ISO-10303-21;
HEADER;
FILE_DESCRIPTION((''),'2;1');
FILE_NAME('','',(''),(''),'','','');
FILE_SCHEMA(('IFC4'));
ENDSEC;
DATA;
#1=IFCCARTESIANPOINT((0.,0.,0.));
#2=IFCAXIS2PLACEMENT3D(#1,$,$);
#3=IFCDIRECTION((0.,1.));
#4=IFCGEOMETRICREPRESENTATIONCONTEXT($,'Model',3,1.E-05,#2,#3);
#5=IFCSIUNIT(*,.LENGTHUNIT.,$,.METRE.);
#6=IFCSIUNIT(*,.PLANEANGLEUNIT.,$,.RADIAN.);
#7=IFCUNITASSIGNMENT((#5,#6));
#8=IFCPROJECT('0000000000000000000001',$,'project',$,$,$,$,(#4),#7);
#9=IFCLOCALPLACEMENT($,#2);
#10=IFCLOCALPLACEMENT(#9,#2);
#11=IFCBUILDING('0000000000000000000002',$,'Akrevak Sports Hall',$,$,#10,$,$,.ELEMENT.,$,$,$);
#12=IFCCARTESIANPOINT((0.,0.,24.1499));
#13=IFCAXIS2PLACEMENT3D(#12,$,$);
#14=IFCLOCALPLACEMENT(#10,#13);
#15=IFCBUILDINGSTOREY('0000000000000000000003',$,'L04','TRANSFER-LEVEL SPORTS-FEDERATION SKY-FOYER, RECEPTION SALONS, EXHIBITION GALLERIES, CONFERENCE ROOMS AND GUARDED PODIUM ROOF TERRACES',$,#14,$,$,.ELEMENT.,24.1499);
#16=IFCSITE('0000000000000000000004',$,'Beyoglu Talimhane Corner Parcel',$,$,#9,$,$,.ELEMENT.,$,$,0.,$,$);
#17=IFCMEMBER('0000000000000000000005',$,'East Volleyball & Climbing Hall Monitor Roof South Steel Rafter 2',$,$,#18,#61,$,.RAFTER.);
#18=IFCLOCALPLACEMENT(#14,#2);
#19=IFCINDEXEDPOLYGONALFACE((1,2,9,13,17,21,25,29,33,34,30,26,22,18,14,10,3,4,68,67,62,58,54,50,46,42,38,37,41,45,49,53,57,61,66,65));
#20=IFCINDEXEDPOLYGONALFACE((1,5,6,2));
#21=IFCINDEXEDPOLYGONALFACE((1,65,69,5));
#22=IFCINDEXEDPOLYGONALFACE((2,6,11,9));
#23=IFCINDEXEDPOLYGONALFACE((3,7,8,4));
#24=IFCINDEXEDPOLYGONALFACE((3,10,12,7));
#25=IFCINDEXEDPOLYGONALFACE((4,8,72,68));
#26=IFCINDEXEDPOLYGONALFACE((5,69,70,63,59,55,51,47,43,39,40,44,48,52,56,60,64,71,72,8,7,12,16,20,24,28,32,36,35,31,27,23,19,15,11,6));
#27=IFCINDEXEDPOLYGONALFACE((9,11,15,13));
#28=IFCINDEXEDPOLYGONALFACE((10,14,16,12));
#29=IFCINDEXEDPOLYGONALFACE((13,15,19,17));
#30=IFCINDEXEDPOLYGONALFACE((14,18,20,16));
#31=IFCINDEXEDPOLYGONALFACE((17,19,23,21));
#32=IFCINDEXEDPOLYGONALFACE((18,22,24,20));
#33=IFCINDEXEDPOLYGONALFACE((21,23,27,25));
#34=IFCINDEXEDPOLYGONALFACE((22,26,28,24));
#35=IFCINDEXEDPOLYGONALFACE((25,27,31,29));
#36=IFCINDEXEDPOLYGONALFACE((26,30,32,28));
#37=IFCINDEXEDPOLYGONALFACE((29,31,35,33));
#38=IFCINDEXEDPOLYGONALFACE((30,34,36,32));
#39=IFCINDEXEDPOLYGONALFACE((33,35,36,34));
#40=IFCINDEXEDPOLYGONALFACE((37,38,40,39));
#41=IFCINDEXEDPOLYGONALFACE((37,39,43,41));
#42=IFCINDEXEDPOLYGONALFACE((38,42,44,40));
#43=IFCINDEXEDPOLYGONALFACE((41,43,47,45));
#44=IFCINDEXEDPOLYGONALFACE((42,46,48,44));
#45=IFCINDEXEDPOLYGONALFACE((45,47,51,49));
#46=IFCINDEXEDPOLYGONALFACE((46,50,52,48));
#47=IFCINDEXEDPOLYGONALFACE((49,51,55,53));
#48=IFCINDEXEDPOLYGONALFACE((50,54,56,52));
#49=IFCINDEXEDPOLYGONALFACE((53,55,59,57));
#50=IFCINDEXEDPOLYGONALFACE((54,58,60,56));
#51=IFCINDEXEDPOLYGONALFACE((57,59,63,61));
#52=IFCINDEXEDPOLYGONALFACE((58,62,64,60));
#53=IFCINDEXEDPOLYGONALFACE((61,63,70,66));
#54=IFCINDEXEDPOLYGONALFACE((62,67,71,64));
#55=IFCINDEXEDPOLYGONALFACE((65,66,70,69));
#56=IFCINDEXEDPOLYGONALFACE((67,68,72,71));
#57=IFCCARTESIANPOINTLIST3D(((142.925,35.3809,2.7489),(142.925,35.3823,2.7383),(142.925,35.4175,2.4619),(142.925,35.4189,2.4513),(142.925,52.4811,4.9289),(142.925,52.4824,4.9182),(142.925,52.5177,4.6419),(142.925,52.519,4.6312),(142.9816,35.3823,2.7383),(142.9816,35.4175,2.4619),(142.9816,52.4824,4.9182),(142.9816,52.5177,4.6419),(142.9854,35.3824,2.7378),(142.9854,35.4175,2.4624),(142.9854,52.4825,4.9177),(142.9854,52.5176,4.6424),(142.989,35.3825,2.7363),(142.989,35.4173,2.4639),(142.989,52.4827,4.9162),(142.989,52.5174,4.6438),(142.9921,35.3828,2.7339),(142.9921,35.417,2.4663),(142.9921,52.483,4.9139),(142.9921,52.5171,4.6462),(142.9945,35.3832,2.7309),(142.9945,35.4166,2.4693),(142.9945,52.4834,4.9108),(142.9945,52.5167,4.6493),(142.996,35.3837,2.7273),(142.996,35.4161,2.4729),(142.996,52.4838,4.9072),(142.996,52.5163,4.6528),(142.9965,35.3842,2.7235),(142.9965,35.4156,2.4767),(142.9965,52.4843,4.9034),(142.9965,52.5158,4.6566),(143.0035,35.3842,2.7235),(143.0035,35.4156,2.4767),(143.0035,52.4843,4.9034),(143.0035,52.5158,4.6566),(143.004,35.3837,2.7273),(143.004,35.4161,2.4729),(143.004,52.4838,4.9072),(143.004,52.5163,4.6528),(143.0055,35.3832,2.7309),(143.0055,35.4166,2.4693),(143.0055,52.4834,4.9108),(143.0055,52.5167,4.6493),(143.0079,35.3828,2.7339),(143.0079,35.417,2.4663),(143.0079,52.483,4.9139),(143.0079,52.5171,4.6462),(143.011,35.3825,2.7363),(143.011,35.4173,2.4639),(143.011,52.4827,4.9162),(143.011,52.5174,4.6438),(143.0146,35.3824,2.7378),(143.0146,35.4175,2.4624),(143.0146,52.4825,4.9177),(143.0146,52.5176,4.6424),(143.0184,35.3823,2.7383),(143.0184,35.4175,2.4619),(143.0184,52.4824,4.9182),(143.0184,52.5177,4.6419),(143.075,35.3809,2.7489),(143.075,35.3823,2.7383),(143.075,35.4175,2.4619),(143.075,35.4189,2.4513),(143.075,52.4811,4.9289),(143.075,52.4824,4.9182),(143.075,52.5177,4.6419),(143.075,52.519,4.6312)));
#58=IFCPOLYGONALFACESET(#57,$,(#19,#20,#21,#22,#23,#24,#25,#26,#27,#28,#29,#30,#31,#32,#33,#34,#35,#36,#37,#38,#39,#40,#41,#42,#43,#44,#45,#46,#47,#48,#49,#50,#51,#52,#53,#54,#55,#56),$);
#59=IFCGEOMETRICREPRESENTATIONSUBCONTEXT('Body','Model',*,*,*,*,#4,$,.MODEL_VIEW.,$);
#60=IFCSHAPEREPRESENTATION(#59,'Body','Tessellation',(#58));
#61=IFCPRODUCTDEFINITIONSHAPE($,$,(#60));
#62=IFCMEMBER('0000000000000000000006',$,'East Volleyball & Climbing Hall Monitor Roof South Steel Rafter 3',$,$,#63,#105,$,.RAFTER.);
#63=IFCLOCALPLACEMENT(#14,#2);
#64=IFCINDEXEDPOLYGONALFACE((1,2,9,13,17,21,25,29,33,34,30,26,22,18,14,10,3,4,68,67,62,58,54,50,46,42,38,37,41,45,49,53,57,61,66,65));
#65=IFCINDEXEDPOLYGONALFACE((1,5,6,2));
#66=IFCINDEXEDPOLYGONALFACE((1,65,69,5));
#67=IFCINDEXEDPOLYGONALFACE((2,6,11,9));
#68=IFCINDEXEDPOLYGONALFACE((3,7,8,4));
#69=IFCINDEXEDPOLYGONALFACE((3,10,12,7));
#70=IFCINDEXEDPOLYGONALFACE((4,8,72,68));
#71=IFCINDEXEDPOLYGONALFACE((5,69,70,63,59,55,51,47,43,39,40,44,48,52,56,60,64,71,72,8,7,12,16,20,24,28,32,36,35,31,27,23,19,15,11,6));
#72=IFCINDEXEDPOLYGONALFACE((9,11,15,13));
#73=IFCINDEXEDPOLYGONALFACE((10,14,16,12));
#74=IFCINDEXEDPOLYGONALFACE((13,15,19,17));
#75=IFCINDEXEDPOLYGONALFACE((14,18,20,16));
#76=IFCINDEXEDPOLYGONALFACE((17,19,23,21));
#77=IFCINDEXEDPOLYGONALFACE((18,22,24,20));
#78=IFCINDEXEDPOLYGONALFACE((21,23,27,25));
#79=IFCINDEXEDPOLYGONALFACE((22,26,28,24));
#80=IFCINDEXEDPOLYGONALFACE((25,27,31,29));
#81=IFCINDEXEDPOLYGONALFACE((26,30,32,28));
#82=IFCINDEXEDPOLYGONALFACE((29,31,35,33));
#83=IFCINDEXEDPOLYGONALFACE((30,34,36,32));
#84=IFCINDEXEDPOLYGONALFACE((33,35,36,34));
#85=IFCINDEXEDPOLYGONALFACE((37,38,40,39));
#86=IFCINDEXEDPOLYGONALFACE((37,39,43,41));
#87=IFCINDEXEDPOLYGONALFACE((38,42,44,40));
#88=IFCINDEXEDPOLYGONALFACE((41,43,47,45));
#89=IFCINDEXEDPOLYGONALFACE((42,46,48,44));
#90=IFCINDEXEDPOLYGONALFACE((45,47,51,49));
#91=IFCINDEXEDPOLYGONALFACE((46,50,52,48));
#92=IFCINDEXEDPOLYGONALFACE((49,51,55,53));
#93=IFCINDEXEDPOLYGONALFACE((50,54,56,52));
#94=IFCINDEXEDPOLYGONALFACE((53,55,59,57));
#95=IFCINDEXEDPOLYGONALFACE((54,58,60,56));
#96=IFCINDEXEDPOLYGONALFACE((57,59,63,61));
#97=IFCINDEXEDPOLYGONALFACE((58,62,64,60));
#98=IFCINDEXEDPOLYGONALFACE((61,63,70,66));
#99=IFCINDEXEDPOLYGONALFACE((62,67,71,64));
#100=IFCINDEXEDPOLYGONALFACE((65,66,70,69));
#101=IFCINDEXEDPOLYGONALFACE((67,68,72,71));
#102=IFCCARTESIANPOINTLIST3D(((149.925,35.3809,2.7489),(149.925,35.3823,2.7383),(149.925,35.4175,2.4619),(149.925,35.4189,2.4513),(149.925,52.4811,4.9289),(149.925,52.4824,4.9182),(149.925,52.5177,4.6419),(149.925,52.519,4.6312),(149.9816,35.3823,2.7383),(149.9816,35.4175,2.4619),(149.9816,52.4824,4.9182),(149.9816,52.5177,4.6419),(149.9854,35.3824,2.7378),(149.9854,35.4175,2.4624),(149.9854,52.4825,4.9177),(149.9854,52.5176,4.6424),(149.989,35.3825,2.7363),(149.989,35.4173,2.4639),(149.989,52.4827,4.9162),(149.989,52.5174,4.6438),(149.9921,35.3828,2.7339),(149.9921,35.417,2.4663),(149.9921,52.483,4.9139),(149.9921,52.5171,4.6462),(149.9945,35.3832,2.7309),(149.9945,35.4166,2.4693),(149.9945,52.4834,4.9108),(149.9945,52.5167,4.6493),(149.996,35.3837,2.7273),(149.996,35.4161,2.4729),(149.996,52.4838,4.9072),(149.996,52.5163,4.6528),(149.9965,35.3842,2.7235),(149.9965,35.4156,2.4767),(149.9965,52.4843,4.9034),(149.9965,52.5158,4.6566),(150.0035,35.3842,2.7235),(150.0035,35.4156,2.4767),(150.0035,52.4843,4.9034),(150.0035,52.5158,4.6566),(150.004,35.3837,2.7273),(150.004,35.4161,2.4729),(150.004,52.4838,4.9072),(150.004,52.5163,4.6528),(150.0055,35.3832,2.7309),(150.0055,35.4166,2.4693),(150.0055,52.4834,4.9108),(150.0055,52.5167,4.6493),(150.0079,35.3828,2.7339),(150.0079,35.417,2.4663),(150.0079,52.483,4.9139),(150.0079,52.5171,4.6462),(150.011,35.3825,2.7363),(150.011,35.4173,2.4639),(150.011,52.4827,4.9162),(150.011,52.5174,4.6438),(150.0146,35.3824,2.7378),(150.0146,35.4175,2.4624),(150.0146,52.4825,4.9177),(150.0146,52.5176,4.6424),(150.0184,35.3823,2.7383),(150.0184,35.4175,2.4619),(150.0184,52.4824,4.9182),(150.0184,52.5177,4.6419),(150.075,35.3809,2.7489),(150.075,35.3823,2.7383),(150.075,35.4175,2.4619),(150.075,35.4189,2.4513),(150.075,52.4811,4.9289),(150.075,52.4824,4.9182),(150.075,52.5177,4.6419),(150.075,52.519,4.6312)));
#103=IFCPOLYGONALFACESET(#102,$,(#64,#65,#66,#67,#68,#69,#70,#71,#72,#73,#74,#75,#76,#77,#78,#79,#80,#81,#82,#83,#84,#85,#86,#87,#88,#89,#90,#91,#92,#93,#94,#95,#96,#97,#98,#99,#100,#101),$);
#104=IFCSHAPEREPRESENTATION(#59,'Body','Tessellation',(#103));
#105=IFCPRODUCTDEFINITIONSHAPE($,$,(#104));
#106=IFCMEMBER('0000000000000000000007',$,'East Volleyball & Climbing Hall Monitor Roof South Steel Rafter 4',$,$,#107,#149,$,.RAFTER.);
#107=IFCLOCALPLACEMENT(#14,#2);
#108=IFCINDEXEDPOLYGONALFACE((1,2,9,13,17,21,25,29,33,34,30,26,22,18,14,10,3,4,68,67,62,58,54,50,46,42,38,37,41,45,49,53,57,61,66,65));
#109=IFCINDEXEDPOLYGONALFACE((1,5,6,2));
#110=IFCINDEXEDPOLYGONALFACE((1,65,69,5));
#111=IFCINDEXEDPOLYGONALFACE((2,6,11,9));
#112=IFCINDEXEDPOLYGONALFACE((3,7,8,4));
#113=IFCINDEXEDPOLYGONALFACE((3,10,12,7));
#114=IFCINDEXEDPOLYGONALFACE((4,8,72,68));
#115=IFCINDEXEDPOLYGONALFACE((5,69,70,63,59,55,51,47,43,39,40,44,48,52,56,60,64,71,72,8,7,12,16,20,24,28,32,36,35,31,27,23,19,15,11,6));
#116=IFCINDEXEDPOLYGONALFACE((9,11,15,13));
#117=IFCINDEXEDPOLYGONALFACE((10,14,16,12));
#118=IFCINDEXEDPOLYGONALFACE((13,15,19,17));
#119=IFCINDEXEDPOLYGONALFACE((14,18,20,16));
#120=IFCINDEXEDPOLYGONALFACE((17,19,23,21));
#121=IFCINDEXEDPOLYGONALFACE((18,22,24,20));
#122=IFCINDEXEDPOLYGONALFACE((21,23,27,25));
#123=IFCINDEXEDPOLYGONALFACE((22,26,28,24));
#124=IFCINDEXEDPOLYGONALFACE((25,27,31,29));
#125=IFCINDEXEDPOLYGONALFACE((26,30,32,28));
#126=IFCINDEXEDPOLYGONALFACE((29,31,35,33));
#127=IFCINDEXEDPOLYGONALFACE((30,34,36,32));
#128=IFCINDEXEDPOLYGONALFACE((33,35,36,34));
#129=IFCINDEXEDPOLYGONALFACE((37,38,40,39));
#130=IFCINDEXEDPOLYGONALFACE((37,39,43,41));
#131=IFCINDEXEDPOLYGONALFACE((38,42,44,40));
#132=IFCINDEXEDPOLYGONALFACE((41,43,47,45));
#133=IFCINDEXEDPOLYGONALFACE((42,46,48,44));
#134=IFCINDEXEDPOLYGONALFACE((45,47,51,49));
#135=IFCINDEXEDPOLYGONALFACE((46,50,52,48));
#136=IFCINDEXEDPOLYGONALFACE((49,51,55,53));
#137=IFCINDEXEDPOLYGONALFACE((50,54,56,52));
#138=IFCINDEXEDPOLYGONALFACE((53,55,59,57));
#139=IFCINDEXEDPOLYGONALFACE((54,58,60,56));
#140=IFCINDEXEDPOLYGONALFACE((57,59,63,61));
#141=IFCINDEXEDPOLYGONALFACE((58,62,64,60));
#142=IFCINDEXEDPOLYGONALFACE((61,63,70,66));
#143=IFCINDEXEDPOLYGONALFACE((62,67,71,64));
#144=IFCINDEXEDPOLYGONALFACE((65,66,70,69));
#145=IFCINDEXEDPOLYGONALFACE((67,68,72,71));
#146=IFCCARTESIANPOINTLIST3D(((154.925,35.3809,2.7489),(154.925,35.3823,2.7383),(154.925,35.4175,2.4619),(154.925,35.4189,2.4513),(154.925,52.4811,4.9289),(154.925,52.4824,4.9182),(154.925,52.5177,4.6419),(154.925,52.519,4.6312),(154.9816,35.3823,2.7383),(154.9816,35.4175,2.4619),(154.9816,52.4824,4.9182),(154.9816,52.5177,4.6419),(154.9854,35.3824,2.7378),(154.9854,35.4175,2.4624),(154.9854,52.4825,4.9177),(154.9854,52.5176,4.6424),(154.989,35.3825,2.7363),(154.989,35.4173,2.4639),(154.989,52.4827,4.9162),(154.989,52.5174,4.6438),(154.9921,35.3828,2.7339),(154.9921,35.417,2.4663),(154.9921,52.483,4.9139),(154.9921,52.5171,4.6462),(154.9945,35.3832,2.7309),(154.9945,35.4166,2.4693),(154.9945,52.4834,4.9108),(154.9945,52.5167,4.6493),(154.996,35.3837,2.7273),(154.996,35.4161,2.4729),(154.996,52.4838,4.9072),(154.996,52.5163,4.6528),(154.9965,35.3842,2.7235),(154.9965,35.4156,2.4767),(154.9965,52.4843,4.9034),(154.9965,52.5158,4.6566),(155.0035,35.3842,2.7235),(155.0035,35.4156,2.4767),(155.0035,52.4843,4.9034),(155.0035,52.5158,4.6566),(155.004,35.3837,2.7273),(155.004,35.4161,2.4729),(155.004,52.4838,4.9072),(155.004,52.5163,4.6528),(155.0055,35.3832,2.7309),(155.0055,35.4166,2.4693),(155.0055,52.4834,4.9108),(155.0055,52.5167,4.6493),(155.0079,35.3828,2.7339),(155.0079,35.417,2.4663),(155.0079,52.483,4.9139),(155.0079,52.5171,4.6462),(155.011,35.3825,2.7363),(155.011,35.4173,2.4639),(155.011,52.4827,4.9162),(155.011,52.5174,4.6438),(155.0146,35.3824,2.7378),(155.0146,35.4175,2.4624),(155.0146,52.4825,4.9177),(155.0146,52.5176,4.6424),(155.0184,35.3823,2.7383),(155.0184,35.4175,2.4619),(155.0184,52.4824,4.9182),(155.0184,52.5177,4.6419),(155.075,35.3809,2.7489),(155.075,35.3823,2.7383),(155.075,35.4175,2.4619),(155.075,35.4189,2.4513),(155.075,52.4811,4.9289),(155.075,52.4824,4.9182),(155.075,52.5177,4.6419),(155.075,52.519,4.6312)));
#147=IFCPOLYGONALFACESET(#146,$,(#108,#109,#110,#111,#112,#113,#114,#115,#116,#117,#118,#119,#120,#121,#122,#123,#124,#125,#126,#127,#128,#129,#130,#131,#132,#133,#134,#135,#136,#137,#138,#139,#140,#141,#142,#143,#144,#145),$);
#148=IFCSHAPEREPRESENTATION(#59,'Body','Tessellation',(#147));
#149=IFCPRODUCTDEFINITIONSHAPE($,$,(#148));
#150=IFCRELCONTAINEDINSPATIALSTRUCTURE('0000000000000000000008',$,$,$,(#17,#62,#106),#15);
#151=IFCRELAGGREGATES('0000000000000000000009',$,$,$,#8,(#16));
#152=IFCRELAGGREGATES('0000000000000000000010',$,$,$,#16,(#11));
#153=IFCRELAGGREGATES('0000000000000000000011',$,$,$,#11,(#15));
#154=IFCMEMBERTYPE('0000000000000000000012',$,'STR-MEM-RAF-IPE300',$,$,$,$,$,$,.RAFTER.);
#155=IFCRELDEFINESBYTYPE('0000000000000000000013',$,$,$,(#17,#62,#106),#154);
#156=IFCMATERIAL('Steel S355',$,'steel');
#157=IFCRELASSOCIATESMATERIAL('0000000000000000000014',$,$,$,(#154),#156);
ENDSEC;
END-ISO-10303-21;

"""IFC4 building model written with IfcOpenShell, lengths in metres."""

from ifc_helpers import new_model, si_unit, direction, frame, origin, origin_2d, place, context, subcontext, project, spatial, i_section, extrude, material, material_profile, profile_set, type_object, element, save


model = new_model("IFC4")

# Units and contexts
model_context = context("Model", 3, precision=1e-05, world=origin(), true_north=direction((0.0, 1.0)))
body_context = subcontext(model_context, "Body", "Model", "MODEL_VIEW")
ifc_project = project(units=[si_unit("LENGTHUNIT", "METRE"), si_unit("PLANEANGLEUNIT", "RADIAN")], contexts=[model_context])

# Site, building, storey
site_placement = place(None, origin())
site = spatial("IfcSite", under=ifc_project, at=site_placement, Name="Beyoglu Talimhane Corner Parcel", CompositionType="ELEMENT", RefElevation=0.0)
building_placement = place(site_placement, origin())
building = spatial("IfcBuilding", under=site, at=building_placement, Name="Akrevak Sports Hall", CompositionType="ELEMENT")
storey_placement = place(building_placement, frame((0.0, 0.0, 24.1499)))
storey = spatial("IfcBuildingStorey", under=building, at=storey_placement, Name="L04", Description="TRANSFER-LEVEL SPORTS-FEDERATION SKY-FOYER, RECEPTION SALONS, EXHIBITION GALLERIES, CONFERENCE ROOMS AND GUARDED PODIUM ROOF TERRACES", CompositionType="ELEMENT", Elevation=24.1499)

# Members
ifc_material_1 = material(Name="Steel S355", Category="steel")
ifc_material_profile_1 = material_profile(ifc_material_1, i_section(OverallWidth=0.1499, OverallDepth=0.3, WebThickness=0.0071, FlangeThickness=0.0107, FilletRadius=0.0149, at=origin_2d()), Name="IPE 300", Category="steel")
ifc_profile_set_1 = profile_set([ifc_material_profile_1], Name="Steel S355")
member_type_1 = type_object("IfcMemberType", Name="STR-MEM-RAF-IPE300", PredefinedType="RAFTER", material=ifc_profile_set_1)
for number, where, z_axis, x_axis, name in (
    (1, (143.0, 35.3999, 2.6001), (0.0, 0.991972, 0.126457), (-1.0, 0.0, 0.0), "East Volleyball & Climbing Hall Monitor Roof South Steel Rafter 2"),
    (2, (150.0, 35.3999, 2.6001), (0.0, 0.991972, 0.126457), (-1.0, 0.0, 0.0), "East Volleyball & Climbing Hall Monitor Roof South Steel Rafter 3"),
    (3, (155.0, 35.3999, 2.6001), (0.0, 0.991972, 0.126457), (-1.0, 0.0, 0.0), "East Volleyball & Climbing Hall Monitor Roof South Steel Rafter 4"),
):
    element("IfcMember", number, at=place(storey_placement, frame(where, z_axis=z_axis, x_axis=x_axis)), inside=storey, type_object=member_type_1, Name=name, PredefinedType="RAFTER", context=body_context, shape_type="SweptSolid", body=[
        extrude(i_section(OverallWidth=0.1499, OverallDepth=0.3, WebThickness=0.0071, FlangeThickness=0.0107, FilletRadius=0.0149, at=origin_2d()), origin(), (0.0, 0.0, 1.0), 17.2385),
    ])

save(model, "model.ifc")
